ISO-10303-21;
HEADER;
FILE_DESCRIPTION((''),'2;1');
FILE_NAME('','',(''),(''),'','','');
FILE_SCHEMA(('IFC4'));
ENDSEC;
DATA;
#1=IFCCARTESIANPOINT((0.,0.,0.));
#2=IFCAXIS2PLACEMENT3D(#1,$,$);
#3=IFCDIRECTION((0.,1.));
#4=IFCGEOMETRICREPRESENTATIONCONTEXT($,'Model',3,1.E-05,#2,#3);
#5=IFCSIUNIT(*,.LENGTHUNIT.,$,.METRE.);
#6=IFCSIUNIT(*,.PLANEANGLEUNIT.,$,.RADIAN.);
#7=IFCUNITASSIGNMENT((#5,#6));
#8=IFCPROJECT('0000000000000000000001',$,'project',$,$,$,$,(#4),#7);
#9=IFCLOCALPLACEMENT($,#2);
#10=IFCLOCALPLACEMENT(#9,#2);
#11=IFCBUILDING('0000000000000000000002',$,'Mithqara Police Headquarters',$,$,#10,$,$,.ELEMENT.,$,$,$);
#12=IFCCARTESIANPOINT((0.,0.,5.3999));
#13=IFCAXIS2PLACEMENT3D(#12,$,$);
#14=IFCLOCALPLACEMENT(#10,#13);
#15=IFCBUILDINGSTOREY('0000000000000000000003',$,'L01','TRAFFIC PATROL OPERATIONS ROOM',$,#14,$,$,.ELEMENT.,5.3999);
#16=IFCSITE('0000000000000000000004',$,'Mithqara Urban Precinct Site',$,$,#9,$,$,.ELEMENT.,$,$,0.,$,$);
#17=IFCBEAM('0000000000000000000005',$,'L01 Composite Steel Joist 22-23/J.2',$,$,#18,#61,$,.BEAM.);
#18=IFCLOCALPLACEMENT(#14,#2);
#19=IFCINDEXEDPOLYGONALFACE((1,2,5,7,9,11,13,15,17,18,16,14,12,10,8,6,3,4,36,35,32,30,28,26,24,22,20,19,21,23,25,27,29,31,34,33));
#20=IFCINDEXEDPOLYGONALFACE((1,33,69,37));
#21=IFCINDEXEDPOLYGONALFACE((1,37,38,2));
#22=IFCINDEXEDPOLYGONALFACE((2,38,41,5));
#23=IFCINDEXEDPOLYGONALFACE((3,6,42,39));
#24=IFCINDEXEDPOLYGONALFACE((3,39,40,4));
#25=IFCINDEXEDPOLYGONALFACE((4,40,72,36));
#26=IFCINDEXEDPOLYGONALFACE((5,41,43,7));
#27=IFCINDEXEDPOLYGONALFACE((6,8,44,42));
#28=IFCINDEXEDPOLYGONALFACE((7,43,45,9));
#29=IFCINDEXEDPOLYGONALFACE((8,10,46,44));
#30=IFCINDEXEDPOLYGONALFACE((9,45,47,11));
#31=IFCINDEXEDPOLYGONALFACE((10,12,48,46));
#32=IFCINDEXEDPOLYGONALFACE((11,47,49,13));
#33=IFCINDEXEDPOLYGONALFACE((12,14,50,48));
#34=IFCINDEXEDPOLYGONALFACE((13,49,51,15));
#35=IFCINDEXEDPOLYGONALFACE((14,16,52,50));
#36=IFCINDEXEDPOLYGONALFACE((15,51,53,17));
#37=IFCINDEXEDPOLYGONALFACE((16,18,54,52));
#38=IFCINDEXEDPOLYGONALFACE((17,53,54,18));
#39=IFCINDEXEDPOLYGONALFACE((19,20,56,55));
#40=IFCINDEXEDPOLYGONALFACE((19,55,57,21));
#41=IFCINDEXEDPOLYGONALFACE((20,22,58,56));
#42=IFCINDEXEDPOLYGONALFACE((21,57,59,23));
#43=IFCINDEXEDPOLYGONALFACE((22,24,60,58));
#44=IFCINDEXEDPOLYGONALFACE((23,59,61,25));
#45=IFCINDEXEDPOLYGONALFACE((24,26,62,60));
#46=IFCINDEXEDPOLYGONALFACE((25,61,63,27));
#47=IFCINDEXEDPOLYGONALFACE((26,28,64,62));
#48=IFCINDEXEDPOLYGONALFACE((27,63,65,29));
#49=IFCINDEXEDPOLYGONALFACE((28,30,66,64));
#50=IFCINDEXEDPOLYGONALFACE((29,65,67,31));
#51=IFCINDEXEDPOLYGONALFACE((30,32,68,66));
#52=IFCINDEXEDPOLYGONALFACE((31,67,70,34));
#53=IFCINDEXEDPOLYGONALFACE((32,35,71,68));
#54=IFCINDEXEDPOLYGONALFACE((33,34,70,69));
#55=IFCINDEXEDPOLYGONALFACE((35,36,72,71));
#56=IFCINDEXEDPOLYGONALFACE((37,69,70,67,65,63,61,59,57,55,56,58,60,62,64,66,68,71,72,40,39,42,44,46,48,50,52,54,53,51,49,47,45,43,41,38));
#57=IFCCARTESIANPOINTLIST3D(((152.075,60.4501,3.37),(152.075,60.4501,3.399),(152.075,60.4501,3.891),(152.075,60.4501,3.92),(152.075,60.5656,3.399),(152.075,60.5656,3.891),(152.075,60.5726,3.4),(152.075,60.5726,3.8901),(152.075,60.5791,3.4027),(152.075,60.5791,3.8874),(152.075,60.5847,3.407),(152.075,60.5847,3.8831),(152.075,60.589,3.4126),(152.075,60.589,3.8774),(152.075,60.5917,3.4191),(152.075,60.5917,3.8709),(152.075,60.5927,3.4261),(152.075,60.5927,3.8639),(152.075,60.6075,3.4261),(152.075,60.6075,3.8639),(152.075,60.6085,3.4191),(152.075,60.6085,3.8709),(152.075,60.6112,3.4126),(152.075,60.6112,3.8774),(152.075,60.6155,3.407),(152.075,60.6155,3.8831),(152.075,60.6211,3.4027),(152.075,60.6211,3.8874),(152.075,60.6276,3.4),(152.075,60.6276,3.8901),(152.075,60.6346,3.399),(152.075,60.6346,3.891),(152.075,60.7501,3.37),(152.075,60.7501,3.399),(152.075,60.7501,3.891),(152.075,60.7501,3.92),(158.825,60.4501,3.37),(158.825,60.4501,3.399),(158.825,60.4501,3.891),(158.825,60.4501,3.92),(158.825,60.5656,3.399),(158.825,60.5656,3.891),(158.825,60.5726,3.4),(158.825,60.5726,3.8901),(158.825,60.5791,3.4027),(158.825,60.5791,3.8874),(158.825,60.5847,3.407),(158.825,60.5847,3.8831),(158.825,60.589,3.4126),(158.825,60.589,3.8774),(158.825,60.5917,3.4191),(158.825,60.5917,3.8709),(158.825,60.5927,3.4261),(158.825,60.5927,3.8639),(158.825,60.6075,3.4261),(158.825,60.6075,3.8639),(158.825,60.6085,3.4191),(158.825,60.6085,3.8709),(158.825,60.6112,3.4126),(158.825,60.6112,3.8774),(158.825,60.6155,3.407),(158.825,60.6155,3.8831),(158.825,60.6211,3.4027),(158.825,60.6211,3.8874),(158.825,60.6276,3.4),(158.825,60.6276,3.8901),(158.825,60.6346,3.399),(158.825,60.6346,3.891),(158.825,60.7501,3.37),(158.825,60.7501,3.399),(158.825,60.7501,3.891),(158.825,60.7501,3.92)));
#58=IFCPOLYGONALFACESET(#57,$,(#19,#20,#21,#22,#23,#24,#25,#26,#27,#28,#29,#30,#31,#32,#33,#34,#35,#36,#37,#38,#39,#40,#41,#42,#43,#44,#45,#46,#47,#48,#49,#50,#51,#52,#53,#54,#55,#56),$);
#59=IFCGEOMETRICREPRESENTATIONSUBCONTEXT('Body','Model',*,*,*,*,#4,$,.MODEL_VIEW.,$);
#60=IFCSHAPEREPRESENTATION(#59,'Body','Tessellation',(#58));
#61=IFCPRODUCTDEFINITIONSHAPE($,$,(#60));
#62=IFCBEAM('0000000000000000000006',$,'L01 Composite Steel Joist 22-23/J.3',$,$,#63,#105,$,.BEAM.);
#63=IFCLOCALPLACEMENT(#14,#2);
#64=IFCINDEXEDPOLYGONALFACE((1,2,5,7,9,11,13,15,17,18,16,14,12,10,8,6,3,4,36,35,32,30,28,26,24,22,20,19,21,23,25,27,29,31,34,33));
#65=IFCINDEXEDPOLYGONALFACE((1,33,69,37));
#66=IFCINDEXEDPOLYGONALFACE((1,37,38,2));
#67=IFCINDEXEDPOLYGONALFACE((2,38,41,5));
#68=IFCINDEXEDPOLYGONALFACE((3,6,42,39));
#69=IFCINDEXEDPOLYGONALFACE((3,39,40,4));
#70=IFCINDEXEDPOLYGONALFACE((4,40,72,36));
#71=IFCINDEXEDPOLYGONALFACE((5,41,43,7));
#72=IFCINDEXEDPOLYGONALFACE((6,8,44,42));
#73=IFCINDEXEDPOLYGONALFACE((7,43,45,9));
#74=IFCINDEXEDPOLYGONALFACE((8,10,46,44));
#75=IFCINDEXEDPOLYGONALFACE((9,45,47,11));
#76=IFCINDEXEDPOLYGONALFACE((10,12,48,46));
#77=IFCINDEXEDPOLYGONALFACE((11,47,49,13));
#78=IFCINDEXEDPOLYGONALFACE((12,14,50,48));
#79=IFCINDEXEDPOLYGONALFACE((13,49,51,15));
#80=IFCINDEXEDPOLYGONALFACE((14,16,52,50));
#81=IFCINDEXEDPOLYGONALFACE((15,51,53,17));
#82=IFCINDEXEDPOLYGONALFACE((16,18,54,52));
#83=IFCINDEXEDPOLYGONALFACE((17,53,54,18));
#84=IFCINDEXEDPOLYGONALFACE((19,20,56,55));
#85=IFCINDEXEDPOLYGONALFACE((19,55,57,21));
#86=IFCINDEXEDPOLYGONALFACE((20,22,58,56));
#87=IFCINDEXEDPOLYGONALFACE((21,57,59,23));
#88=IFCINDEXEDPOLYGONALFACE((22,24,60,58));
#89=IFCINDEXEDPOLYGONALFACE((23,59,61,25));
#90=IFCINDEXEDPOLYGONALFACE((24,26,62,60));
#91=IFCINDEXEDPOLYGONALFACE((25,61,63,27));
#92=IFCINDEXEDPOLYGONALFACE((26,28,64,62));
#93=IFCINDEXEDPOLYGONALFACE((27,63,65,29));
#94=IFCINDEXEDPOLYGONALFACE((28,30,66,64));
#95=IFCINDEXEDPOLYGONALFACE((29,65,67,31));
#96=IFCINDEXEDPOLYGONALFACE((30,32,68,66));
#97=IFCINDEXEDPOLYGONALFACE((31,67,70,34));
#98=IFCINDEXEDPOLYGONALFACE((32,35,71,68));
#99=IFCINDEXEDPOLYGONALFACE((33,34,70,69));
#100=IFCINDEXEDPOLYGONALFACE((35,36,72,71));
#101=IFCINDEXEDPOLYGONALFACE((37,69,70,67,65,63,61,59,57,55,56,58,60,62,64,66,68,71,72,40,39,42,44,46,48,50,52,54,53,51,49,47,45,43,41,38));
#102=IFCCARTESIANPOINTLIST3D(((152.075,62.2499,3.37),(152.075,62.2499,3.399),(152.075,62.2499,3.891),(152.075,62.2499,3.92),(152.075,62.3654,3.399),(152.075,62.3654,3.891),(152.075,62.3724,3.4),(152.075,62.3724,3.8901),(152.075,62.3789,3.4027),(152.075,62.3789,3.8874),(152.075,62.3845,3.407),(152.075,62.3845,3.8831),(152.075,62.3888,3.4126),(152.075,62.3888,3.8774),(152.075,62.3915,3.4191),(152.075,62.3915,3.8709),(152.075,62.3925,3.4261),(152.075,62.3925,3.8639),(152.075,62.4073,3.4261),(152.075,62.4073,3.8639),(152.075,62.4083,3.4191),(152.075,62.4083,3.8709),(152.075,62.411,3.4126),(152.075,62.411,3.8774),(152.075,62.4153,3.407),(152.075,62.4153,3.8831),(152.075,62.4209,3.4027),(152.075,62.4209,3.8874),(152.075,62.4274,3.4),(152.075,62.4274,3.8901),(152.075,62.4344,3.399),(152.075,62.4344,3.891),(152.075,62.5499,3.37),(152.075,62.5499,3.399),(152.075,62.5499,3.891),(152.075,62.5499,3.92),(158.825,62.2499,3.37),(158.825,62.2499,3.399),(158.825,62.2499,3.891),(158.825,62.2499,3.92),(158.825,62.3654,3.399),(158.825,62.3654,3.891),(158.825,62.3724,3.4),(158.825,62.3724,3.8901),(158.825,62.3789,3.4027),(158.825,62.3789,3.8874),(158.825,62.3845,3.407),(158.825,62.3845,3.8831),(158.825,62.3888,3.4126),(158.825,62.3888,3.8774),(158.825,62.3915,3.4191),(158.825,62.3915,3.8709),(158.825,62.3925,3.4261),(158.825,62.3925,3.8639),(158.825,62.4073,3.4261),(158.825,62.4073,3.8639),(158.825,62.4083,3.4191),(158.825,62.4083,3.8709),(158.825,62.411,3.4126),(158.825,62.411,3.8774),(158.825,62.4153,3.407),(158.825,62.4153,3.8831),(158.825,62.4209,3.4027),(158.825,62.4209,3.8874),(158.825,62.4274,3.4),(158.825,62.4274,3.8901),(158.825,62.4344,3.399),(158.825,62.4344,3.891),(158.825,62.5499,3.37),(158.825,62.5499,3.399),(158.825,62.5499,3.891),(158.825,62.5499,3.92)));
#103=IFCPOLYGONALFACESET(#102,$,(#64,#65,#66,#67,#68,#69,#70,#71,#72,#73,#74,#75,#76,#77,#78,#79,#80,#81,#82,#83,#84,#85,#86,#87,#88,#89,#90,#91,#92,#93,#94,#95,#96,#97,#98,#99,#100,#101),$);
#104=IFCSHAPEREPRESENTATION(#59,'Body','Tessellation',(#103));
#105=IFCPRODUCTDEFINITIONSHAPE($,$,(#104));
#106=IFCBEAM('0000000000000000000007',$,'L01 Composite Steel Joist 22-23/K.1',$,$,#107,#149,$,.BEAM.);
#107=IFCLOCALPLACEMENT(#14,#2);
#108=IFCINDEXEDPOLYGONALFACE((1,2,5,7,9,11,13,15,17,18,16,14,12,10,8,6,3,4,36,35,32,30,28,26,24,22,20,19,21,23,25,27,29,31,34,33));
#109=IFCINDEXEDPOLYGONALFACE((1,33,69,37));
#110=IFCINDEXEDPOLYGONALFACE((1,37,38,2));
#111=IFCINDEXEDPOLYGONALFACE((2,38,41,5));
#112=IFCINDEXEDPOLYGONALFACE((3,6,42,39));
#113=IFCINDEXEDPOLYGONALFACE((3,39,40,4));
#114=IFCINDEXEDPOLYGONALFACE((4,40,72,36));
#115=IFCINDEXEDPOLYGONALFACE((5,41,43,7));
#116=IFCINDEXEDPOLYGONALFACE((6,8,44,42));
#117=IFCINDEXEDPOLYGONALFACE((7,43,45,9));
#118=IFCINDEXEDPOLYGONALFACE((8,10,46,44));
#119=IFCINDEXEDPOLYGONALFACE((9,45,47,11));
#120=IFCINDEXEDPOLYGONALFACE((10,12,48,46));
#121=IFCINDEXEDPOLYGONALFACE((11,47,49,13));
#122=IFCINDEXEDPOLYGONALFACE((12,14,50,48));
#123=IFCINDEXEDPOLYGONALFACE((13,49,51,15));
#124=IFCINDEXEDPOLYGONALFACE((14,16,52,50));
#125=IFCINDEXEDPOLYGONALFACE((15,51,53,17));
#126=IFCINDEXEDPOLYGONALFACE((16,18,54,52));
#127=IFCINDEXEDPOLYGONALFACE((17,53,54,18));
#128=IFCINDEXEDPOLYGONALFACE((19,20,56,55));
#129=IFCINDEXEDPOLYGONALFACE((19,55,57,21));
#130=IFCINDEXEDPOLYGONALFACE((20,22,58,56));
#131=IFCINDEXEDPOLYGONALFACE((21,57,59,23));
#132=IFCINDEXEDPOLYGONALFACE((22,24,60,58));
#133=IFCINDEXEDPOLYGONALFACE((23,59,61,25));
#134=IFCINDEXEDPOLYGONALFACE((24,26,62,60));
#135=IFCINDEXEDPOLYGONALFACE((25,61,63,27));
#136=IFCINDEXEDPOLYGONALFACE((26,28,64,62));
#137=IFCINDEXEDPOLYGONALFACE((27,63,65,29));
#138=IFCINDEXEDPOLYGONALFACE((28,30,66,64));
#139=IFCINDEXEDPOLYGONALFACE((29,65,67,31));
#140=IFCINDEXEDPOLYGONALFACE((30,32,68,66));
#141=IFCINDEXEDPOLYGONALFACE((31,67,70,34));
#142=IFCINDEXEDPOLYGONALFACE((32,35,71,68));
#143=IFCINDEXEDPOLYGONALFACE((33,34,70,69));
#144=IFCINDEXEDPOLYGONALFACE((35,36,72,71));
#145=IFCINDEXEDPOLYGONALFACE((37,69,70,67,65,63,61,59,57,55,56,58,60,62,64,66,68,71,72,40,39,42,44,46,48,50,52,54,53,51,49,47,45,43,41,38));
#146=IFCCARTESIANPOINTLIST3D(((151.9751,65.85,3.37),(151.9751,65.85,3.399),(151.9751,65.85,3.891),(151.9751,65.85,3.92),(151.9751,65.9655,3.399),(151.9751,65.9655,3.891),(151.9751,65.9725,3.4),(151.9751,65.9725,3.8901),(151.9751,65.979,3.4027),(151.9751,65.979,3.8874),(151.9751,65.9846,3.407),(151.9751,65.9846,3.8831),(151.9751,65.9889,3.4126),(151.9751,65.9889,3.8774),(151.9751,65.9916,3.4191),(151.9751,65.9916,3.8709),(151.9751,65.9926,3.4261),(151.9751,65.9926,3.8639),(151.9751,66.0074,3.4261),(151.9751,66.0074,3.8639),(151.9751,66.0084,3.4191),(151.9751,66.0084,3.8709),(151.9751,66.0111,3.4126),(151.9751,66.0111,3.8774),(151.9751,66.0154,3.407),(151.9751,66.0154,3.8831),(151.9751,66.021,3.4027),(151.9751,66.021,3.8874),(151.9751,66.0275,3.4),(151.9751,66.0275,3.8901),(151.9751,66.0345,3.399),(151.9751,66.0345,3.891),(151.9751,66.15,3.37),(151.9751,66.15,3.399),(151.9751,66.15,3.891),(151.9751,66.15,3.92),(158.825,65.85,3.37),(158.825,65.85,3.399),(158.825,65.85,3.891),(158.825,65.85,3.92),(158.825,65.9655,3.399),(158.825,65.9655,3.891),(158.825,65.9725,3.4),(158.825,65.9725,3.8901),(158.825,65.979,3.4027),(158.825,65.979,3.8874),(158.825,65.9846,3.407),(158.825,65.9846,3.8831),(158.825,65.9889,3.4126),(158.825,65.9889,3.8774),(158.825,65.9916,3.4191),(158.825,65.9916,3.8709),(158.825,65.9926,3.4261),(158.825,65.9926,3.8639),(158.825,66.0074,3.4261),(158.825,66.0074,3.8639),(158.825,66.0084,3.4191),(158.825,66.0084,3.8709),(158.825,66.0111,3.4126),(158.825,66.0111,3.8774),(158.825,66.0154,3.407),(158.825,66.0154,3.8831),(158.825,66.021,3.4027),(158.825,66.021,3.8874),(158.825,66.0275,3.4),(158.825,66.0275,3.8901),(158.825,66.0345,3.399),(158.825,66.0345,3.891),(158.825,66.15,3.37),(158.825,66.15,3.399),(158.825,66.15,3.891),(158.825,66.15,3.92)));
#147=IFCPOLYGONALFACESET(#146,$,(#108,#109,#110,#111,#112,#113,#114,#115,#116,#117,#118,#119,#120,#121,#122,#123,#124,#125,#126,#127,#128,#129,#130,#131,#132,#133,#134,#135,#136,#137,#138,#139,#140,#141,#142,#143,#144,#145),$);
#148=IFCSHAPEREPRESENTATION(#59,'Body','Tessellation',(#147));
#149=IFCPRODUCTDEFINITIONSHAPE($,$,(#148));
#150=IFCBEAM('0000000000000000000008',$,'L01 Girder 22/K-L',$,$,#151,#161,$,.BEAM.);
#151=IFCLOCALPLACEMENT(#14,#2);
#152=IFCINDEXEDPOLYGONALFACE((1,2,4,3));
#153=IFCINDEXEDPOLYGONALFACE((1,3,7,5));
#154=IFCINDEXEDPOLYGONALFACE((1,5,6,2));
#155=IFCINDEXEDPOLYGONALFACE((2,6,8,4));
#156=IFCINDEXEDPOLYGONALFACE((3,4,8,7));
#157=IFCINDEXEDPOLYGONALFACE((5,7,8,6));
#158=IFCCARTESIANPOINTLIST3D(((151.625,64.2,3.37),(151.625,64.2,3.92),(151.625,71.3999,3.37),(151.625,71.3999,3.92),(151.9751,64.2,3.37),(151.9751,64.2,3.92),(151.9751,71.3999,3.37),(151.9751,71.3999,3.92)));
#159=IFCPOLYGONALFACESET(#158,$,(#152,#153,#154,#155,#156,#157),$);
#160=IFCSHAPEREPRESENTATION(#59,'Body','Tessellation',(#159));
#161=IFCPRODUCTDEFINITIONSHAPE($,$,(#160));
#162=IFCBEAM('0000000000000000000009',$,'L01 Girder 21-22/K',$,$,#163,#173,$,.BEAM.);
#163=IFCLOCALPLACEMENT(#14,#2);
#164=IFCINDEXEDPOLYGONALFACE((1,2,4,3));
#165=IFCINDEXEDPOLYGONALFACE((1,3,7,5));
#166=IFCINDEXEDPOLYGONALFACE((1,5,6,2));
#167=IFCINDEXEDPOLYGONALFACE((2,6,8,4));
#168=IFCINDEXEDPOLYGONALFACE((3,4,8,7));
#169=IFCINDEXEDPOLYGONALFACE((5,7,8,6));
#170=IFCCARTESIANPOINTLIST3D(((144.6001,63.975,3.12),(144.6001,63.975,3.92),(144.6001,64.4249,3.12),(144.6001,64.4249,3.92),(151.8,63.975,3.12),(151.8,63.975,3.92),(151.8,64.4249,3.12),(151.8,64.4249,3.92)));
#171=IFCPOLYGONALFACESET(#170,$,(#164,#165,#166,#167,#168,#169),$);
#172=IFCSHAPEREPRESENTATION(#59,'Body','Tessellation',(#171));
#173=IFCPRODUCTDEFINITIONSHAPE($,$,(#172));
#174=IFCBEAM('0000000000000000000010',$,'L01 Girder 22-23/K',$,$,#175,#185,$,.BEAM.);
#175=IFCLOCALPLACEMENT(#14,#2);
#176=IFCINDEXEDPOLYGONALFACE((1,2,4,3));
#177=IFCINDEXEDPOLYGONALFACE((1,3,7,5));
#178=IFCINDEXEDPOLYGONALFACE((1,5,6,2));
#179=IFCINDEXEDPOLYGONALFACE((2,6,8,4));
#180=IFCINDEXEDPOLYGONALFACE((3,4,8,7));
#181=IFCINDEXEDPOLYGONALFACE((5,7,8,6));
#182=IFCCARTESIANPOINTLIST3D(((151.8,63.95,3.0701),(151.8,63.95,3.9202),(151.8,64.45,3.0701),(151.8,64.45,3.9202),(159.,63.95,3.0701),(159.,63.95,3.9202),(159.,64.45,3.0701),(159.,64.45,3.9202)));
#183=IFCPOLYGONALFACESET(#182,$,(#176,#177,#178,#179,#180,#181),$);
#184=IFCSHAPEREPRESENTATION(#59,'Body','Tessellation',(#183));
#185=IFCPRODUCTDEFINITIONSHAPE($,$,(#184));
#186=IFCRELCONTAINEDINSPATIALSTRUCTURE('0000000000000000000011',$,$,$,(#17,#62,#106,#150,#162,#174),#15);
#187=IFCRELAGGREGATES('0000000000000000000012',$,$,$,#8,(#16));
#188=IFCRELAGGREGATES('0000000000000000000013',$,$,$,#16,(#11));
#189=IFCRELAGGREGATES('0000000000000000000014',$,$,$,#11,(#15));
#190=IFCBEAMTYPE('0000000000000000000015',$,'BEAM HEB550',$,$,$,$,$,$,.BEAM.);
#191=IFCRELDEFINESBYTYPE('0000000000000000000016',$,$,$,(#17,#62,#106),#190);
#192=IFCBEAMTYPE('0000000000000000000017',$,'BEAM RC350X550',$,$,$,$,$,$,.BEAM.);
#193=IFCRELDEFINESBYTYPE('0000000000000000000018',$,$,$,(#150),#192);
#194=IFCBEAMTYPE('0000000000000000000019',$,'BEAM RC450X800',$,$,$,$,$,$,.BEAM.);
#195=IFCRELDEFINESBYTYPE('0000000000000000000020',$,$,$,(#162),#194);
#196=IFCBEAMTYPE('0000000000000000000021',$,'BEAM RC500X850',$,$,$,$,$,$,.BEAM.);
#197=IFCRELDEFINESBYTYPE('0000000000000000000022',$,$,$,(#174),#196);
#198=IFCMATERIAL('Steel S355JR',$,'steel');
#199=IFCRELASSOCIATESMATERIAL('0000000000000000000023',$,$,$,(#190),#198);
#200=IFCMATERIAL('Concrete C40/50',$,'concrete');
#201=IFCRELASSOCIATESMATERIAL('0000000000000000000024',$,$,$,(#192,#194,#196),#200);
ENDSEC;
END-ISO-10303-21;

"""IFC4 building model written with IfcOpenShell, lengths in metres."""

from ifc_helpers import new_model, si_unit, direction, frame, origin, origin_2d, place, context, subcontext, project, spatial, rectangle, i_section, extrude, material, material_profile, profile_set, type_object, element, save


model = new_model("IFC4")

# Units and contexts
model_context = context("Model", 3, precision=1e-05, world=origin(), true_north=direction((0.0, 1.0)))
body_context = subcontext(model_context, "Body", "Model", "MODEL_VIEW")
ifc_project = project(units=[si_unit("LENGTHUNIT", "METRE"), si_unit("PLANEANGLEUNIT", "RADIAN")], contexts=[model_context])

# Site, building, storey
site_placement = place(None, origin())
site = spatial("IfcSite", under=ifc_project, at=site_placement, Name="Mithqara Urban Precinct Site", CompositionType="ELEMENT", RefElevation=0.0)
building_placement = place(site_placement, origin())
building = spatial("IfcBuilding", under=site, at=building_placement, Name="Mithqara Police Headquarters", CompositionType="ELEMENT")
storey_placement = place(building_placement, frame((0.0, 0.0, 5.3999)))
storey = spatial("IfcBuildingStorey", under=building, at=storey_placement, Name="L01", Description="TRAFFIC PATROL OPERATIONS ROOM", CompositionType="ELEMENT", Elevation=5.3999)

# Beams
ifc_material_1 = material(Name="Steel S355JR", Category="steel")
ifc_material_profile_1 = material_profile(ifc_material_1, i_section(OverallWidth=0.3, OverallDepth=0.55, WebThickness=0.0149, FlangeThickness=0.0291, FilletRadius=0.0271, at=origin_2d()), Name="HEB 550")
ifc_profile_set_1 = profile_set([ifc_material_profile_1], Name="Steel S355JR")
beam_type_1 = type_object("IfcBeamType", Name="BEAM HEB550", PredefinedType="BEAM", material=ifc_profile_set_1)
for number, where, z_axis, x_axis, name in (
    (1, (152.075, 60.6001, 3.645), (1.0, 0.0, 0.0), (0.0, 1.0, 0.0), "L01 Composite Steel Joist 22-23/J.2"),
    (2, (152.075, 62.3999, 3.645), (1.0, 0.0, 0.0), (0.0, 1.0, 0.0), "L01 Composite Steel Joist 22-23/J.3"),
):
    element("IfcBeam", number, at=place(storey_placement, frame(where, z_axis=z_axis, x_axis=x_axis)), inside=storey, type_object=beam_type_1, Name=name, PredefinedType="BEAM", context=body_context, shape_type="SweptSolid", body=[
        extrude(i_section(OverallWidth=0.3, OverallDepth=0.55, WebThickness=0.0149, FlangeThickness=0.0291, FilletRadius=0.0271, at=origin_2d()), origin(), (0.0, 0.0, 1.0), 6.75),
    ])
beam_1_placement = place(storey_placement, frame((151.9751, 66.0, 3.645), z_axis=(1.0, 0.0, 0.0), x_axis=(0.0, 1.0, 0.0)))
element("IfcBeam", 3, at=beam_1_placement, inside=storey, type_object=beam_type_1, Name="L01 Composite Steel Joist 22-23/K.1", PredefinedType="BEAM", context=body_context, shape_type="SweptSolid", body=[
    extrude(i_section(OverallWidth=0.3, OverallDepth=0.55, WebThickness=0.0149, FlangeThickness=0.0291, FilletRadius=0.0271, at=origin_2d()), origin(), (0.0, 0.0, 1.0), 6.8499),
])
ifc_material_2 = material(Name="Concrete C40/50", Category="concrete")
ifc_material_profile_2 = material_profile(ifc_material_2, rectangle(XDim=0.3501, YDim=0.55, at=origin_2d()), Name="RC 350x550")
ifc_profile_set_2 = profile_set([ifc_material_profile_2], Name="Concrete C40/50")
beam_type_2 = type_object("IfcBeamType", Name="BEAM RC350X550", PredefinedType="BEAM", material=ifc_profile_set_2)
beam_2_placement = place(storey_placement, frame((151.8, 64.2, 3.645), z_axis=(0.0, 1.0, 0.0), x_axis=(-1.0, 0.0, 0.0)))
element("IfcBeam", 4, at=beam_2_placement, inside=storey, type_object=beam_type_2, Name="L01 Girder 22/K-L", PredefinedType="BEAM", context=body_context, shape_type="SweptSolid", body=[
    extrude(rectangle(XDim=0.3501, YDim=0.55, at=origin_2d()), origin(), (0.0, 0.0, 1.0), 7.2),
])
ifc_material_profile_3 = material_profile(ifc_material_2, rectangle(XDim=0.45, YDim=0.8, at=origin_2d()), Name="RC 450x800")
ifc_profile_set_3 = profile_set([ifc_material_profile_3], Name="Concrete C40/50")
beam_type_3 = type_object("IfcBeamType", Name="BEAM RC450X800", PredefinedType="BEAM", material=ifc_profile_set_3)
beam_3_placement = place(storey_placement, frame((144.6001, 64.2, 3.52), z_axis=(1.0, 0.0, 0.0), x_axis=(0.0, 1.0, 0.0)))
element("IfcBeam", 5, at=beam_3_placement, inside=storey, type_object=beam_type_3, Name="L01 Girder 21-22/K", PredefinedType="BEAM", context=body_context, shape_type="SweptSolid", body=[
    extrude(rectangle(XDim=0.45, YDim=0.8, at=origin_2d()), origin(), (0.0, 0.0, 1.0), 7.2),
])
ifc_material_profile_4 = material_profile(ifc_material_2, rectangle(XDim=0.5, YDim=0.8501, at=origin_2d()), Name="RC 500x850")
ifc_profile_set_4 = profile_set([ifc_material_profile_4], Name="Concrete C40/50")
beam_type_4 = type_object("IfcBeamType", Name="BEAM RC500X850", PredefinedType="BEAM", material=ifc_profile_set_4)
beam_4_placement = place(storey_placement, frame((151.8, 64.2, 3.4951), z_axis=(1.0, 0.0, 0.0), x_axis=(0.0, 1.0, 0.0)))
element("IfcBeam", 6, at=beam_4_placement, inside=storey, type_object=beam_type_4, Name="L01 Girder 22-23/K", PredefinedType="BEAM", context=body_context, shape_type="SweptSolid", body=[
    extrude(rectangle(XDim=0.5, YDim=0.8501, at=origin_2d()), origin(), (0.0, 0.0, 1.0), 7.2),
])

save(model, "model.ifc")
